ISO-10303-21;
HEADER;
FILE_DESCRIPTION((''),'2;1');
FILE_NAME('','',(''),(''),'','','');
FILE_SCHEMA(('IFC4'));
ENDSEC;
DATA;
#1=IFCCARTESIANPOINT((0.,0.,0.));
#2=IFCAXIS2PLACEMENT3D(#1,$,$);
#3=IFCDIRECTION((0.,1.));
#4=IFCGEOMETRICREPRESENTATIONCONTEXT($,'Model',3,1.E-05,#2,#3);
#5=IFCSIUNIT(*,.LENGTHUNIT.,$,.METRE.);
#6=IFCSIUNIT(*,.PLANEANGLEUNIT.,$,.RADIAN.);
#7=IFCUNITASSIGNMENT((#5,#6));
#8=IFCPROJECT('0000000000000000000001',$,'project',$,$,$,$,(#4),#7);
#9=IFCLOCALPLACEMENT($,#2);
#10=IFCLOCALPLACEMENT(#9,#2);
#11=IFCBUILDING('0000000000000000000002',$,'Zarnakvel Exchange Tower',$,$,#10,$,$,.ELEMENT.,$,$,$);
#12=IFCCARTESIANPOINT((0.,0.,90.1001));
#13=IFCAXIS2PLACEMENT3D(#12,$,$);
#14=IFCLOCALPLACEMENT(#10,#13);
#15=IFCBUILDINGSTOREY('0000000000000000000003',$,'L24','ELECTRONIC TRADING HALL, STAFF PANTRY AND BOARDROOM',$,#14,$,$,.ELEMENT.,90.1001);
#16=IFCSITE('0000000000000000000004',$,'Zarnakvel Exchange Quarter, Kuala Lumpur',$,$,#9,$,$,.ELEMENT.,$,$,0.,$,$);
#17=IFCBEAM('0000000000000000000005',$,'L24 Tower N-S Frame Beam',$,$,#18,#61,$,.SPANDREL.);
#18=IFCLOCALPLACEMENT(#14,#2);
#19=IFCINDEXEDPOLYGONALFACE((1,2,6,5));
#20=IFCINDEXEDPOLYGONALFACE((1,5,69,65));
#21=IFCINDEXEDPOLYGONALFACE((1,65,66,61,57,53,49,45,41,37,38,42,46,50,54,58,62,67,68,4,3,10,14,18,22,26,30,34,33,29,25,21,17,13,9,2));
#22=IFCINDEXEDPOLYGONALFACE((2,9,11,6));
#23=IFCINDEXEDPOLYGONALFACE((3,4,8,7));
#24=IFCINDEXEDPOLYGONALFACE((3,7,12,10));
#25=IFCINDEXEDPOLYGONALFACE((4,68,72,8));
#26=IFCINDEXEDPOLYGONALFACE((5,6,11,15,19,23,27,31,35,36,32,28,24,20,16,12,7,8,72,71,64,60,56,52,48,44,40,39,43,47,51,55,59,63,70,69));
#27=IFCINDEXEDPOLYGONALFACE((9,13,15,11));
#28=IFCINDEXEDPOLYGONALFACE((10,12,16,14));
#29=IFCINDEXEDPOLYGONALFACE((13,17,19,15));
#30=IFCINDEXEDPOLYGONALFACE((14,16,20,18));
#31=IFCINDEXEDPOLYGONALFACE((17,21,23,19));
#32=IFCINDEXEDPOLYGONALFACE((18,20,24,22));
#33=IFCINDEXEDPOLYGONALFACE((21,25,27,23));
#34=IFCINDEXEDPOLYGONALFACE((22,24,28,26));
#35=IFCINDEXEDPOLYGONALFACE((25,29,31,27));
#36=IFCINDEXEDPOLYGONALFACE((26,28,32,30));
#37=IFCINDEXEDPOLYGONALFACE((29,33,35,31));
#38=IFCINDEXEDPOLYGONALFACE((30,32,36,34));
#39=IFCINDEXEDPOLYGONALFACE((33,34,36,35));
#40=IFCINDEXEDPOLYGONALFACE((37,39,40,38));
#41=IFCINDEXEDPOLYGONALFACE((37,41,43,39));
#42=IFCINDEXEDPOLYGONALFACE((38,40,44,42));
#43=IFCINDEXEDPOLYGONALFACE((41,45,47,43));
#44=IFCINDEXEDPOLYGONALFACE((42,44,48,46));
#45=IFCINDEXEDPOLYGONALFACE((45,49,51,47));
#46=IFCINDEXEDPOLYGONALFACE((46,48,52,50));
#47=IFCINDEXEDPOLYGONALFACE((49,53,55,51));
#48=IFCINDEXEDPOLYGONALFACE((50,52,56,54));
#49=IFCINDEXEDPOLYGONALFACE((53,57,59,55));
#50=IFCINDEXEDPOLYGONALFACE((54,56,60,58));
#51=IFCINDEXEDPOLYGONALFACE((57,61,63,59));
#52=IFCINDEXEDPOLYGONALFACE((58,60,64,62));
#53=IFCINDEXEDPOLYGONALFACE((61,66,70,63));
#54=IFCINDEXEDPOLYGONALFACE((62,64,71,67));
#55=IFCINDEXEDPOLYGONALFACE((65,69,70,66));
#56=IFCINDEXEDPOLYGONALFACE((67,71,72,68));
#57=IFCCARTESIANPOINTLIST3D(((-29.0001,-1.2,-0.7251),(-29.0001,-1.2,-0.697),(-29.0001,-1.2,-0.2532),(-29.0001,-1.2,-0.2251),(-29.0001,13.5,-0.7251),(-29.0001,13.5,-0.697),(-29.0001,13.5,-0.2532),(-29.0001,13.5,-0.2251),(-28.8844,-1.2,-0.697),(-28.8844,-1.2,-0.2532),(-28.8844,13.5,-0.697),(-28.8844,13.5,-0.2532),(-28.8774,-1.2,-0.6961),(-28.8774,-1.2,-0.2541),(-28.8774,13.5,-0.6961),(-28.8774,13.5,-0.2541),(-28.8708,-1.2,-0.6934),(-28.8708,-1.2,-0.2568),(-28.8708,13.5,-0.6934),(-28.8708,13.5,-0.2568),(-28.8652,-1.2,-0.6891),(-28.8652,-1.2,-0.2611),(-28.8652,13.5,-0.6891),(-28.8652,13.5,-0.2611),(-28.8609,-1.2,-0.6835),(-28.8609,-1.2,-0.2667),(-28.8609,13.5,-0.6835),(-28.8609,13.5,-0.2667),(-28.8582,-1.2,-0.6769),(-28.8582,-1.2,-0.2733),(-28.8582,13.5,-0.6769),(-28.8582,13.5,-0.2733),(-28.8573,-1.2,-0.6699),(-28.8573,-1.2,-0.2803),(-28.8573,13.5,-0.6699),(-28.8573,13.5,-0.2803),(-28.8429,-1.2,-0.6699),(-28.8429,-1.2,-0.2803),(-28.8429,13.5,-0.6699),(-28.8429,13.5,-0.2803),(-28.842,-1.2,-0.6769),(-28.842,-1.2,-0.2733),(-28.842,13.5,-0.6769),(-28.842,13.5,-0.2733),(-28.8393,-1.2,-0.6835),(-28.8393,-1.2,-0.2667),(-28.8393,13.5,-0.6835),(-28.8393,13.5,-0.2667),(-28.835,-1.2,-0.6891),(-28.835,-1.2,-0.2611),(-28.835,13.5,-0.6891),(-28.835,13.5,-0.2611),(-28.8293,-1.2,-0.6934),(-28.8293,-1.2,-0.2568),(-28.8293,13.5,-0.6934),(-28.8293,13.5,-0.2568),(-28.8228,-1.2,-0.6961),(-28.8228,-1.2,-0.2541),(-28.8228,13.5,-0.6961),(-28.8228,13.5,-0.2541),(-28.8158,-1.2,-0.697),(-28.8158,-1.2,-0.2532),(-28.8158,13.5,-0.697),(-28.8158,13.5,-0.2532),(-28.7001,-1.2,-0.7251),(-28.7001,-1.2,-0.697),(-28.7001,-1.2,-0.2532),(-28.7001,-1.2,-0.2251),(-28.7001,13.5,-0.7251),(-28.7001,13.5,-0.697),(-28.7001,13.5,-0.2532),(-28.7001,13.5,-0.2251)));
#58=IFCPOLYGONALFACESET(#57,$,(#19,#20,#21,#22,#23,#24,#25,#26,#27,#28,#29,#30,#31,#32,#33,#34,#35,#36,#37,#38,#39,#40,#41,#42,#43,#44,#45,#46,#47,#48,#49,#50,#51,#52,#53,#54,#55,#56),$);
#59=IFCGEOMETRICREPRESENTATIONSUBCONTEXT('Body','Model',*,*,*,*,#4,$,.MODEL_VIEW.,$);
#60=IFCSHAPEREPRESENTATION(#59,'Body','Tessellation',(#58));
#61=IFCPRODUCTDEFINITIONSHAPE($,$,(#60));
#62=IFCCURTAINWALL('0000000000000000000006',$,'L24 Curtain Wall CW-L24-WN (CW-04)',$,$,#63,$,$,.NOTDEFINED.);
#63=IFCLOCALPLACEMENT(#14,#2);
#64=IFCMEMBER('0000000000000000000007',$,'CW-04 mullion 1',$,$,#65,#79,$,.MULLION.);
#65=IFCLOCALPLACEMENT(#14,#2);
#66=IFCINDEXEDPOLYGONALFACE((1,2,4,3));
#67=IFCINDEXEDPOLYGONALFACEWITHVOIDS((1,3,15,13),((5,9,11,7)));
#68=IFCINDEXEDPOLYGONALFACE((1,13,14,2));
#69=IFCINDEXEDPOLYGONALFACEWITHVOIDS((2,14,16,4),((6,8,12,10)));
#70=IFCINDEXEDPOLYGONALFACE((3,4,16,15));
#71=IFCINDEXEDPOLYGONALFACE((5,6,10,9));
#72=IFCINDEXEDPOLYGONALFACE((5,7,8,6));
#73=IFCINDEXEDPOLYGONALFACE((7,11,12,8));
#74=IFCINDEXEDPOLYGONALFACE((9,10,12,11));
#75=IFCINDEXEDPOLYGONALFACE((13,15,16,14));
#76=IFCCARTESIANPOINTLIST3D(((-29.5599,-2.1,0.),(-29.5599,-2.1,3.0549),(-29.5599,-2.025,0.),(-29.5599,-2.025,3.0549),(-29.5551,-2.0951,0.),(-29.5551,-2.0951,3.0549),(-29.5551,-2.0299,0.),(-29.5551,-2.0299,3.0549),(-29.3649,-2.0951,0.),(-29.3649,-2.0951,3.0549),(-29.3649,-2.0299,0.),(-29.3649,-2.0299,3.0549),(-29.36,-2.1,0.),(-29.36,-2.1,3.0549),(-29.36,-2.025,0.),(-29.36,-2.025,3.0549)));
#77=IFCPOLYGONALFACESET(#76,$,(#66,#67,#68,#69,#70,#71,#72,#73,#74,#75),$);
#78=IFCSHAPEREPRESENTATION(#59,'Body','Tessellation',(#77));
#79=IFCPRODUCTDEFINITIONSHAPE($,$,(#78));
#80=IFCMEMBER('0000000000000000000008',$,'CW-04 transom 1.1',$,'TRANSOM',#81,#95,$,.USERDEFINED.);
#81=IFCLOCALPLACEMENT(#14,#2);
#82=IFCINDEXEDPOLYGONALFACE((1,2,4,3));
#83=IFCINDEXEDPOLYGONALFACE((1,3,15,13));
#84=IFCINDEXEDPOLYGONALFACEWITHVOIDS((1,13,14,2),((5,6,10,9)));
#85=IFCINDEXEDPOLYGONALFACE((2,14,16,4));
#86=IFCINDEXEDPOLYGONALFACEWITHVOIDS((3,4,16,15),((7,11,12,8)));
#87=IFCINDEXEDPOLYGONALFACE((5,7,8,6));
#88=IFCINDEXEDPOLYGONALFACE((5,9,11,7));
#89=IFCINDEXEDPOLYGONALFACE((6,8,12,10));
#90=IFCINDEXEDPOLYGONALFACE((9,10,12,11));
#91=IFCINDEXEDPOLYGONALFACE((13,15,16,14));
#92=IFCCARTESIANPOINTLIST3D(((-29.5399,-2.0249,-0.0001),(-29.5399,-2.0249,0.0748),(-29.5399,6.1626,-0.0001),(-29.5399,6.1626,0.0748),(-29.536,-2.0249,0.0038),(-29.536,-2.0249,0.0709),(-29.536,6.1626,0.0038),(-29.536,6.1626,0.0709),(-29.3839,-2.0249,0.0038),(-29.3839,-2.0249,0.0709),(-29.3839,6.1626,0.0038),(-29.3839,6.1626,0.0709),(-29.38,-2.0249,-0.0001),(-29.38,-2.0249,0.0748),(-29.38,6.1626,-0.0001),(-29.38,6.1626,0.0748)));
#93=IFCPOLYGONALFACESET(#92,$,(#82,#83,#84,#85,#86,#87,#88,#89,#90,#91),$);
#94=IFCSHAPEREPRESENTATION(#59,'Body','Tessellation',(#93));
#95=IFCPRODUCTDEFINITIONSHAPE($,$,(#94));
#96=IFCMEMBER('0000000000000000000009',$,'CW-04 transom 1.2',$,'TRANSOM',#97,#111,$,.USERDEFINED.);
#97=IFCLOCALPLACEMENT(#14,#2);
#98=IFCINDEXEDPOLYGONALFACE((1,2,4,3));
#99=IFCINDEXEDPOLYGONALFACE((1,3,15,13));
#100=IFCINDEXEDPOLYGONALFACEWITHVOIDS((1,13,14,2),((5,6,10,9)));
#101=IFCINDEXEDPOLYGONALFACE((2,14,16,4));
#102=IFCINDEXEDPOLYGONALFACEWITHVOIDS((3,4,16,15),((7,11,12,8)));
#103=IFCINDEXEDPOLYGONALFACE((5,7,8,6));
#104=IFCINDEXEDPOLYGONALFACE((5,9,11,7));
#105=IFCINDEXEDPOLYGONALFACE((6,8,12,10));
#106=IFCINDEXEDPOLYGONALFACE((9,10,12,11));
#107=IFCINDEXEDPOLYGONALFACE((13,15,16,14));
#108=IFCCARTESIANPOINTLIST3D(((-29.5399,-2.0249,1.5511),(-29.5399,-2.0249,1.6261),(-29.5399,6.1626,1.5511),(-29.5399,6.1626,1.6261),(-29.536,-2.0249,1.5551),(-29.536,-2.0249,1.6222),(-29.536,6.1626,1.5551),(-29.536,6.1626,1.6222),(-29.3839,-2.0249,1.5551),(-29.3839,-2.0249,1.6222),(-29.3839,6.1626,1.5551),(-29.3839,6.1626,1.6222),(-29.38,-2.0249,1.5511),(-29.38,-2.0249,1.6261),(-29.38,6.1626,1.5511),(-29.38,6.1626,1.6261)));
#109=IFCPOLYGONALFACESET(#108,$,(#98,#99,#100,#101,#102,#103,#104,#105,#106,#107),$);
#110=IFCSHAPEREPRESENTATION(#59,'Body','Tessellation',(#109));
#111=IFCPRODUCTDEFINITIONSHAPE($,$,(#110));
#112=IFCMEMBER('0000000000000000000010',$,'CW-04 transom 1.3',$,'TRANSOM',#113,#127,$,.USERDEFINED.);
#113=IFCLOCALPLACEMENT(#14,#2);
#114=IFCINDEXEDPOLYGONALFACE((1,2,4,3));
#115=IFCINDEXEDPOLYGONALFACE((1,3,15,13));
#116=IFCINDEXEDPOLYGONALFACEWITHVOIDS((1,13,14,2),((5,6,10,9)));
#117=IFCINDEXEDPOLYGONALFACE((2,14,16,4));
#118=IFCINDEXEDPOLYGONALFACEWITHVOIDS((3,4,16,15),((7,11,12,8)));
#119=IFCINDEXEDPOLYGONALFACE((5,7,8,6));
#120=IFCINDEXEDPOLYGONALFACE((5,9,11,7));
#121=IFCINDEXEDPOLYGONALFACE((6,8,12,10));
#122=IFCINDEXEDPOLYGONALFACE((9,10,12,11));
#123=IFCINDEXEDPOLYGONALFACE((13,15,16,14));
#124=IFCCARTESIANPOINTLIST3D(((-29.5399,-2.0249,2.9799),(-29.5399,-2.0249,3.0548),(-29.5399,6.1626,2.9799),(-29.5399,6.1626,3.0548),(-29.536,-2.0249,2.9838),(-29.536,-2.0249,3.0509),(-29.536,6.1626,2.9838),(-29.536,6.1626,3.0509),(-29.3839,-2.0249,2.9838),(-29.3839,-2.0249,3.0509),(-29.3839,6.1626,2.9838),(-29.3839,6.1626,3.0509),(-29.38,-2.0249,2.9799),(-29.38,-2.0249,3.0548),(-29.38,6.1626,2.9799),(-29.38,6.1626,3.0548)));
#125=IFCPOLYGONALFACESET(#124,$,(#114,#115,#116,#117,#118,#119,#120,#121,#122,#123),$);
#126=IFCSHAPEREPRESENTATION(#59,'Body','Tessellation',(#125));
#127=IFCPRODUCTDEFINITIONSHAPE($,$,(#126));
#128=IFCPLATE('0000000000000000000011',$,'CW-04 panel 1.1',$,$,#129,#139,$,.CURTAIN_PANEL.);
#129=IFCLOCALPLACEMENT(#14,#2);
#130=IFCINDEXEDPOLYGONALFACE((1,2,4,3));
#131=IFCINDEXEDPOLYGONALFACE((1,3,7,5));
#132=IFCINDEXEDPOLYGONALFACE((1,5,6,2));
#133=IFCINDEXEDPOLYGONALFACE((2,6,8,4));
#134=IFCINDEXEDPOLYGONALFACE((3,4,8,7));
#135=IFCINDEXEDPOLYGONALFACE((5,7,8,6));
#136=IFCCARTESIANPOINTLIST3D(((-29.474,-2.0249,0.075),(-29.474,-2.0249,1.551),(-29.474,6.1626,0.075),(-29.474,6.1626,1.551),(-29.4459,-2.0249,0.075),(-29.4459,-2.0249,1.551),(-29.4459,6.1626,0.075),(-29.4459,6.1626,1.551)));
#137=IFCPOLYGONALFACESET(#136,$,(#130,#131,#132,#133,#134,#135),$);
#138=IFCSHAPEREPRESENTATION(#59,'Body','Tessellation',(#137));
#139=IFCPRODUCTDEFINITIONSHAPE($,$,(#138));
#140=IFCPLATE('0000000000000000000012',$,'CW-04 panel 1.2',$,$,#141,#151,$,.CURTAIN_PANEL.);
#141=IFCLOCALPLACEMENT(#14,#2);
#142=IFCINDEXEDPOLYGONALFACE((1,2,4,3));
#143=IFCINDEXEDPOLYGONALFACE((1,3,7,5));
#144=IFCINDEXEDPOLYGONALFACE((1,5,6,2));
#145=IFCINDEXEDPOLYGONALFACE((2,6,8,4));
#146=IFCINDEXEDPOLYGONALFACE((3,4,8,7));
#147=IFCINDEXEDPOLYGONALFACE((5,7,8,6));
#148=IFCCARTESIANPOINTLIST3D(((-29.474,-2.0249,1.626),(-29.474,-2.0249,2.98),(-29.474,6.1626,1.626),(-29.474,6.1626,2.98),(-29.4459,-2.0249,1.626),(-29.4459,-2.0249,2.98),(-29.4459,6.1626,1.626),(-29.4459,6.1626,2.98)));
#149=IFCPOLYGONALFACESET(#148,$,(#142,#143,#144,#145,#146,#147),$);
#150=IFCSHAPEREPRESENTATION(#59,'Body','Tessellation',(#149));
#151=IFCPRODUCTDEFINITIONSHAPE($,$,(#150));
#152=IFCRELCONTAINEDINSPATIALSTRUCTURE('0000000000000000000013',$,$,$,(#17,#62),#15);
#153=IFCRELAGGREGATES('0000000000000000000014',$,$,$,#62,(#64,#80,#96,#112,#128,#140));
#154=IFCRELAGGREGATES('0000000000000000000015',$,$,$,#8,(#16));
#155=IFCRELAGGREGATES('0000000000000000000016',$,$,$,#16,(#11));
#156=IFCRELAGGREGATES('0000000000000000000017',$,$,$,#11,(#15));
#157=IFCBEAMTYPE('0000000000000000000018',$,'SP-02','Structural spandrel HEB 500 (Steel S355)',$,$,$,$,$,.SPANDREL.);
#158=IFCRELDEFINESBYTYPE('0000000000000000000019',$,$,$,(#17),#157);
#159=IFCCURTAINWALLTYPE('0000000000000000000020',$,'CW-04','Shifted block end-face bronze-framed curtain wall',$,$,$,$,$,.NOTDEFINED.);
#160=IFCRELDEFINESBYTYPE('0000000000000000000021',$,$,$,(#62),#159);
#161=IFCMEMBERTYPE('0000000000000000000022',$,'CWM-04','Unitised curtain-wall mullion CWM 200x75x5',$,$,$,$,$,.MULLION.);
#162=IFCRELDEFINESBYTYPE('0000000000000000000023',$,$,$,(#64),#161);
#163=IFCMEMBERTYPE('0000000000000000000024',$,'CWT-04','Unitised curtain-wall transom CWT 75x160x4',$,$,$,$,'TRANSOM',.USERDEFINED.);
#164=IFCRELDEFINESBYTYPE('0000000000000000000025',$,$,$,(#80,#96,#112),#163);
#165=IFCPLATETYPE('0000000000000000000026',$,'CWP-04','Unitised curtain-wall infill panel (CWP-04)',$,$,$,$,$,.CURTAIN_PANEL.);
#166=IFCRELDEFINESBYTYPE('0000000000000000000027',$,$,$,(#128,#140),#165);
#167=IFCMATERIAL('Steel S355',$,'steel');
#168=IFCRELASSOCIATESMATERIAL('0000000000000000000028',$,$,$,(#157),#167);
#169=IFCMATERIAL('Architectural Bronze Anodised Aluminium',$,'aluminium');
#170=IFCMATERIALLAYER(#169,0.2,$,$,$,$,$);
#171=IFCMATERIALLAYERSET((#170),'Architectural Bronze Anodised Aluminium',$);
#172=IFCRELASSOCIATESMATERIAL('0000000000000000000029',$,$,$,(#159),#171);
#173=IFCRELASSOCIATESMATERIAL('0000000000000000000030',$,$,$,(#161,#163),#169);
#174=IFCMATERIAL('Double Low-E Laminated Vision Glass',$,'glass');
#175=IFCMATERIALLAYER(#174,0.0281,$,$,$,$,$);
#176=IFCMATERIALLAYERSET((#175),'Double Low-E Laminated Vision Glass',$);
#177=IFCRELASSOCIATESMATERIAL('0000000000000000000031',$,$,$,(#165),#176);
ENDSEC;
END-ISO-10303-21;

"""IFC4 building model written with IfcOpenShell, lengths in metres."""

from ifc_helpers import new_model, si_unit, direction, frame, origin, origin_2d, place, context, subcontext, project, spatial, rectangle, hollow_rectangle, i_section, extrude, source, transform, mapped, material, layer, layer_set, material_profile, profile_set, type_object, element, aggregate, save


model = new_model("IFC4")

# Units and contexts
model_context = context("Model", 3, precision=1e-05, world=origin(), true_north=direction((0.0, 1.0)))
body_context = subcontext(model_context, "Body", "Model", "MODEL_VIEW")
ifc_project = project(units=[si_unit("LENGTHUNIT", "METRE"), si_unit("PLANEANGLEUNIT", "RADIAN")], contexts=[model_context])

# Site, building, storey
site_placement = place(None, origin())
site = spatial("IfcSite", under=ifc_project, at=site_placement, Name="Zarnakvel Exchange Quarter, Kuala Lumpur", CompositionType="ELEMENT", RefElevation=0.0)
building_placement = place(site_placement, origin())
building = spatial("IfcBuilding", under=site, at=building_placement, Name="Zarnakvel Exchange Tower", CompositionType="ELEMENT")
storey_placement = place(building_placement, frame((0.0, 0.0, 90.1001)))
storey = spatial("IfcBuildingStorey", under=building, at=storey_placement, Name="L24", Description="ELECTRONIC TRADING HALL, STAFF PANTRY AND BOARDROOM", CompositionType="ELEMENT", Elevation=90.1001)

# Shared definitions
ifc_material_1 = material(Name="Steel S355", Category="steel")

# Beam
ifc_material_profile_1 = material_profile(ifc_material_1, i_section(OverallWidth=0.3, OverallDepth=0.5, WebThickness=0.0144, FlangeThickness=0.0281, FilletRadius=0.0271, at=origin_2d()))
ifc_profile_set_1 = profile_set([ifc_material_profile_1], Name="Steel S355")
beam_type_1 = type_object("IfcBeamType", Name="SP-02", Description="Structural spandrel HEB 500 (Steel S355)", PredefinedType="SPANDREL", material=ifc_profile_set_1)
beam_1_placement = place(storey_placement, frame((-28.8501, -1.2, -0.4751), z_axis=(0.0, 1.0, 0.0), x_axis=(-1.0, 0.0, 0.0)))
element("IfcBeam", 1, at=beam_1_placement, inside=storey, type_object=beam_type_1, Name="L24 Tower N-S Frame Beam", PredefinedType="SPANDREL", context=body_context, shape_type="SweptSolid", body=[
    extrude(i_section(OverallWidth=0.3, OverallDepth=0.5, WebThickness=0.0144, FlangeThickness=0.0281, FilletRadius=0.0271, at=origin_2d()), origin(), (0.0, 0.0, 1.0), 14.7),
])

# Curtain wall, members, plates
ifc_material_2 = material(Name="Architectural Bronze Anodised Aluminium", Category="aluminium")
ifc_layer_1 = layer(ifc_material_2, 0.2)
ifc_layer_set_1 = layer_set([ifc_layer_1], Name="Architectural Bronze Anodised Aluminium")
curtain_wall_type = type_object("IfcCurtainWallType", Name="CW-04", Description="Shifted block end-face bronze-framed curtain wall", PredefinedType="NOTDEFINED", material=ifc_layer_set_1)
curtain_wall_placement = place(storey_placement, origin())
curtain_wall = element("IfcCurtainWall", 2, at=curtain_wall_placement, inside=storey, type_object=curtain_wall_type, Name="L24 Curtain Wall CW-L24-WN (CW-04)", PredefinedType="NOTDEFINED")
ifc_material_profile_2 = material_profile(ifc_material_2, hollow_rectangle(XDim=0.2, YDim=0.075, WallThickness=0.0049, at=origin_2d()))
ifc_profile_set_2 = profile_set([ifc_material_profile_2], Name="Architectural Bronze Anodised Aluminium")
member_type_1 = type_object("IfcMemberType", Name="CWM-04", Description="Unitised curtain-wall mullion CWM 200x75x5", PredefinedType="MULLION", material=ifc_profile_set_2)
shared_shape_1 = source(origin(), body_context, "Body", "SweptSolid", [
    extrude(hollow_rectangle(XDim=0.2, YDim=0.075, WallThickness=0.0049, at=origin_2d()), origin(), (0.0, 0.0, 1.0), 3.0549),
])
member_1_placement = place(storey_placement, frame((-29.46, -2.0625, 0.0), z_axis=(0.0, 0.0, 1.0), x_axis=(-1.0, 0.0, 0.0)))
member_1 = element("IfcMember", 3, at=member_1_placement, type_object=member_type_1, Name="CW-04 mullion 1", PredefinedType="MULLION", context=body_context, shape_type="MappedRepresentation", body=[
    mapped(shared_shape_1, transform((0.0, 0.0, 0.0), x_axis=(1.0, 0.0, 0.0), y_axis=(0.0, 1.0, 0.0), z_axis=(0.0, 0.0, 1.0), scale=1.0)),
])
ifc_material_profile_3 = material_profile(ifc_material_2, hollow_rectangle(XDim=0.1599, YDim=0.075, WallThickness=0.0039, at=origin_2d()))
ifc_profile_set_3 = profile_set([ifc_material_profile_3], Name="Architectural Bronze Anodised Aluminium")
member_type_2 = type_object("IfcMemberType", Name="CWT-04", Description="Unitised curtain-wall transom CWT 75x160x4", ElementType="TRANSOM", PredefinedType="USERDEFINED", material=ifc_profile_set_3)
shared_shape_2 = source(origin(), body_context, "Body", "SweptSolid", [
    extrude(hollow_rectangle(XDim=0.1599, YDim=0.075, WallThickness=0.0039, at=origin_2d()), origin(), (0.0, 0.0, 1.0), 8.1875),
])
member_2_placement = place(storey_placement, frame((-29.46, -2.0249, 0.0374), z_axis=(0.0, 1.0, 0.0), x_axis=(-1.0, 0.0, 0.0)))
member_2 = element("IfcMember", 4, at=member_2_placement, type_object=member_type_2, Name="CW-04 transom 1.1", ObjectType="TRANSOM", PredefinedType="USERDEFINED", context=body_context, shape_type="MappedRepresentation", body=[
    mapped(shared_shape_2, transform((0.0, 0.0, 0.0), x_axis=(1.0, 0.0, 0.0), y_axis=(0.0, 1.0, 0.0), z_axis=(0.0, 0.0, 1.0), scale=1.0)),
])
member_3_placement = place(storey_placement, frame((-29.46, -2.0249, 1.5886), z_axis=(0.0, 1.0, 0.0), x_axis=(-1.0, 0.0, 0.0)))
member_3 = element("IfcMember", 5, at=member_3_placement, type_object=member_type_2, Name="CW-04 transom 1.2", ObjectType="TRANSOM", PredefinedType="USERDEFINED", context=body_context, shape_type="MappedRepresentation", body=[
    mapped(shared_shape_2, transform((0.0, 0.0, 0.0), x_axis=(1.0, 0.0, 0.0), y_axis=(0.0, 1.0, 0.0), z_axis=(0.0, 0.0, 1.0), scale=1.0)),
])
member_4_placement = place(storey_placement, frame((-29.46, -2.0249, 3.0173), z_axis=(0.0, 1.0, 0.0), x_axis=(-1.0, 0.0, 0.0)))
member_4 = element("IfcMember", 6, at=member_4_placement, type_object=member_type_2, Name="CW-04 transom 1.3", ObjectType="TRANSOM", PredefinedType="USERDEFINED", context=body_context, shape_type="MappedRepresentation", body=[
    mapped(shared_shape_2, transform((0.0, 0.0, 0.0), x_axis=(1.0, 0.0, 0.0), y_axis=(0.0, 1.0, 0.0), z_axis=(0.0, 0.0, 1.0), scale=1.0)),
])
ifc_material_3 = material(Name="Double Low-E Laminated Vision Glass", Category="glass")
ifc_layer_2 = layer(ifc_material_3, 0.0281)
ifc_layer_set_2 = layer_set([ifc_layer_2], Name="Double Low-E Laminated Vision Glass")
plate_type = type_object("IfcPlateType", Name="CWP-04", Description="Unitised curtain-wall infill panel (CWP-04)", PredefinedType="CURTAIN_PANEL", material=ifc_layer_set_2)
shared_shape_3 = source(origin(), body_context, "Body", "SweptSolid", [
    extrude(rectangle(XDim=8.1875, YDim=0.0281, at=origin_2d()), origin(), (0.0, 0.0, 1.0), 1.4761),
])
plate_1_placement = place(storey_placement, frame((-29.46, 2.0688, 0.075), z_axis=(0.0, 0.0, 1.0), x_axis=(0.0, 1.0, 0.0)))
plate_1 = element("IfcPlate", 7, at=plate_1_placement, type_object=plate_type, Name="CW-04 panel 1.1", PredefinedType="CURTAIN_PANEL", context=body_context, shape_type="MappedRepresentation", body=[
    mapped(shared_shape_3, transform((0.0, 0.0, 0.0), x_axis=(1.0, 0.0, 0.0), y_axis=(0.0, 1.0, 0.0), z_axis=(0.0, 0.0, 1.0), scale=1.0)),
])
shared_shape_4 = source(origin(), body_context, "Body", "SweptSolid", [
    extrude(rectangle(XDim=8.1875, YDim=0.0281, at=origin_2d()), origin(), (0.0, 0.0, 1.0), 1.354),
])
plate_2_placement = place(storey_placement, frame((-29.46, 2.0688, 1.626), z_axis=(0.0, 0.0, 1.0), x_axis=(0.0, 1.0, 0.0)))
plate_2 = element("IfcPlate", 8, at=plate_2_placement, type_object=plate_type, Name="CW-04 panel 1.2", PredefinedType="CURTAIN_PANEL", context=body_context, shape_type="MappedRepresentation", body=[
    mapped(shared_shape_4, transform((0.0, 0.0, 0.0), x_axis=(1.0, 0.0, 0.0), y_axis=(0.0, 1.0, 0.0), z_axis=(0.0, 0.0, 1.0), scale=1.0)),
])
aggregate(curtain_wall, [member_1, member_2, member_3, member_4, plate_1, plate_2])

save(model, "model.ifc")
